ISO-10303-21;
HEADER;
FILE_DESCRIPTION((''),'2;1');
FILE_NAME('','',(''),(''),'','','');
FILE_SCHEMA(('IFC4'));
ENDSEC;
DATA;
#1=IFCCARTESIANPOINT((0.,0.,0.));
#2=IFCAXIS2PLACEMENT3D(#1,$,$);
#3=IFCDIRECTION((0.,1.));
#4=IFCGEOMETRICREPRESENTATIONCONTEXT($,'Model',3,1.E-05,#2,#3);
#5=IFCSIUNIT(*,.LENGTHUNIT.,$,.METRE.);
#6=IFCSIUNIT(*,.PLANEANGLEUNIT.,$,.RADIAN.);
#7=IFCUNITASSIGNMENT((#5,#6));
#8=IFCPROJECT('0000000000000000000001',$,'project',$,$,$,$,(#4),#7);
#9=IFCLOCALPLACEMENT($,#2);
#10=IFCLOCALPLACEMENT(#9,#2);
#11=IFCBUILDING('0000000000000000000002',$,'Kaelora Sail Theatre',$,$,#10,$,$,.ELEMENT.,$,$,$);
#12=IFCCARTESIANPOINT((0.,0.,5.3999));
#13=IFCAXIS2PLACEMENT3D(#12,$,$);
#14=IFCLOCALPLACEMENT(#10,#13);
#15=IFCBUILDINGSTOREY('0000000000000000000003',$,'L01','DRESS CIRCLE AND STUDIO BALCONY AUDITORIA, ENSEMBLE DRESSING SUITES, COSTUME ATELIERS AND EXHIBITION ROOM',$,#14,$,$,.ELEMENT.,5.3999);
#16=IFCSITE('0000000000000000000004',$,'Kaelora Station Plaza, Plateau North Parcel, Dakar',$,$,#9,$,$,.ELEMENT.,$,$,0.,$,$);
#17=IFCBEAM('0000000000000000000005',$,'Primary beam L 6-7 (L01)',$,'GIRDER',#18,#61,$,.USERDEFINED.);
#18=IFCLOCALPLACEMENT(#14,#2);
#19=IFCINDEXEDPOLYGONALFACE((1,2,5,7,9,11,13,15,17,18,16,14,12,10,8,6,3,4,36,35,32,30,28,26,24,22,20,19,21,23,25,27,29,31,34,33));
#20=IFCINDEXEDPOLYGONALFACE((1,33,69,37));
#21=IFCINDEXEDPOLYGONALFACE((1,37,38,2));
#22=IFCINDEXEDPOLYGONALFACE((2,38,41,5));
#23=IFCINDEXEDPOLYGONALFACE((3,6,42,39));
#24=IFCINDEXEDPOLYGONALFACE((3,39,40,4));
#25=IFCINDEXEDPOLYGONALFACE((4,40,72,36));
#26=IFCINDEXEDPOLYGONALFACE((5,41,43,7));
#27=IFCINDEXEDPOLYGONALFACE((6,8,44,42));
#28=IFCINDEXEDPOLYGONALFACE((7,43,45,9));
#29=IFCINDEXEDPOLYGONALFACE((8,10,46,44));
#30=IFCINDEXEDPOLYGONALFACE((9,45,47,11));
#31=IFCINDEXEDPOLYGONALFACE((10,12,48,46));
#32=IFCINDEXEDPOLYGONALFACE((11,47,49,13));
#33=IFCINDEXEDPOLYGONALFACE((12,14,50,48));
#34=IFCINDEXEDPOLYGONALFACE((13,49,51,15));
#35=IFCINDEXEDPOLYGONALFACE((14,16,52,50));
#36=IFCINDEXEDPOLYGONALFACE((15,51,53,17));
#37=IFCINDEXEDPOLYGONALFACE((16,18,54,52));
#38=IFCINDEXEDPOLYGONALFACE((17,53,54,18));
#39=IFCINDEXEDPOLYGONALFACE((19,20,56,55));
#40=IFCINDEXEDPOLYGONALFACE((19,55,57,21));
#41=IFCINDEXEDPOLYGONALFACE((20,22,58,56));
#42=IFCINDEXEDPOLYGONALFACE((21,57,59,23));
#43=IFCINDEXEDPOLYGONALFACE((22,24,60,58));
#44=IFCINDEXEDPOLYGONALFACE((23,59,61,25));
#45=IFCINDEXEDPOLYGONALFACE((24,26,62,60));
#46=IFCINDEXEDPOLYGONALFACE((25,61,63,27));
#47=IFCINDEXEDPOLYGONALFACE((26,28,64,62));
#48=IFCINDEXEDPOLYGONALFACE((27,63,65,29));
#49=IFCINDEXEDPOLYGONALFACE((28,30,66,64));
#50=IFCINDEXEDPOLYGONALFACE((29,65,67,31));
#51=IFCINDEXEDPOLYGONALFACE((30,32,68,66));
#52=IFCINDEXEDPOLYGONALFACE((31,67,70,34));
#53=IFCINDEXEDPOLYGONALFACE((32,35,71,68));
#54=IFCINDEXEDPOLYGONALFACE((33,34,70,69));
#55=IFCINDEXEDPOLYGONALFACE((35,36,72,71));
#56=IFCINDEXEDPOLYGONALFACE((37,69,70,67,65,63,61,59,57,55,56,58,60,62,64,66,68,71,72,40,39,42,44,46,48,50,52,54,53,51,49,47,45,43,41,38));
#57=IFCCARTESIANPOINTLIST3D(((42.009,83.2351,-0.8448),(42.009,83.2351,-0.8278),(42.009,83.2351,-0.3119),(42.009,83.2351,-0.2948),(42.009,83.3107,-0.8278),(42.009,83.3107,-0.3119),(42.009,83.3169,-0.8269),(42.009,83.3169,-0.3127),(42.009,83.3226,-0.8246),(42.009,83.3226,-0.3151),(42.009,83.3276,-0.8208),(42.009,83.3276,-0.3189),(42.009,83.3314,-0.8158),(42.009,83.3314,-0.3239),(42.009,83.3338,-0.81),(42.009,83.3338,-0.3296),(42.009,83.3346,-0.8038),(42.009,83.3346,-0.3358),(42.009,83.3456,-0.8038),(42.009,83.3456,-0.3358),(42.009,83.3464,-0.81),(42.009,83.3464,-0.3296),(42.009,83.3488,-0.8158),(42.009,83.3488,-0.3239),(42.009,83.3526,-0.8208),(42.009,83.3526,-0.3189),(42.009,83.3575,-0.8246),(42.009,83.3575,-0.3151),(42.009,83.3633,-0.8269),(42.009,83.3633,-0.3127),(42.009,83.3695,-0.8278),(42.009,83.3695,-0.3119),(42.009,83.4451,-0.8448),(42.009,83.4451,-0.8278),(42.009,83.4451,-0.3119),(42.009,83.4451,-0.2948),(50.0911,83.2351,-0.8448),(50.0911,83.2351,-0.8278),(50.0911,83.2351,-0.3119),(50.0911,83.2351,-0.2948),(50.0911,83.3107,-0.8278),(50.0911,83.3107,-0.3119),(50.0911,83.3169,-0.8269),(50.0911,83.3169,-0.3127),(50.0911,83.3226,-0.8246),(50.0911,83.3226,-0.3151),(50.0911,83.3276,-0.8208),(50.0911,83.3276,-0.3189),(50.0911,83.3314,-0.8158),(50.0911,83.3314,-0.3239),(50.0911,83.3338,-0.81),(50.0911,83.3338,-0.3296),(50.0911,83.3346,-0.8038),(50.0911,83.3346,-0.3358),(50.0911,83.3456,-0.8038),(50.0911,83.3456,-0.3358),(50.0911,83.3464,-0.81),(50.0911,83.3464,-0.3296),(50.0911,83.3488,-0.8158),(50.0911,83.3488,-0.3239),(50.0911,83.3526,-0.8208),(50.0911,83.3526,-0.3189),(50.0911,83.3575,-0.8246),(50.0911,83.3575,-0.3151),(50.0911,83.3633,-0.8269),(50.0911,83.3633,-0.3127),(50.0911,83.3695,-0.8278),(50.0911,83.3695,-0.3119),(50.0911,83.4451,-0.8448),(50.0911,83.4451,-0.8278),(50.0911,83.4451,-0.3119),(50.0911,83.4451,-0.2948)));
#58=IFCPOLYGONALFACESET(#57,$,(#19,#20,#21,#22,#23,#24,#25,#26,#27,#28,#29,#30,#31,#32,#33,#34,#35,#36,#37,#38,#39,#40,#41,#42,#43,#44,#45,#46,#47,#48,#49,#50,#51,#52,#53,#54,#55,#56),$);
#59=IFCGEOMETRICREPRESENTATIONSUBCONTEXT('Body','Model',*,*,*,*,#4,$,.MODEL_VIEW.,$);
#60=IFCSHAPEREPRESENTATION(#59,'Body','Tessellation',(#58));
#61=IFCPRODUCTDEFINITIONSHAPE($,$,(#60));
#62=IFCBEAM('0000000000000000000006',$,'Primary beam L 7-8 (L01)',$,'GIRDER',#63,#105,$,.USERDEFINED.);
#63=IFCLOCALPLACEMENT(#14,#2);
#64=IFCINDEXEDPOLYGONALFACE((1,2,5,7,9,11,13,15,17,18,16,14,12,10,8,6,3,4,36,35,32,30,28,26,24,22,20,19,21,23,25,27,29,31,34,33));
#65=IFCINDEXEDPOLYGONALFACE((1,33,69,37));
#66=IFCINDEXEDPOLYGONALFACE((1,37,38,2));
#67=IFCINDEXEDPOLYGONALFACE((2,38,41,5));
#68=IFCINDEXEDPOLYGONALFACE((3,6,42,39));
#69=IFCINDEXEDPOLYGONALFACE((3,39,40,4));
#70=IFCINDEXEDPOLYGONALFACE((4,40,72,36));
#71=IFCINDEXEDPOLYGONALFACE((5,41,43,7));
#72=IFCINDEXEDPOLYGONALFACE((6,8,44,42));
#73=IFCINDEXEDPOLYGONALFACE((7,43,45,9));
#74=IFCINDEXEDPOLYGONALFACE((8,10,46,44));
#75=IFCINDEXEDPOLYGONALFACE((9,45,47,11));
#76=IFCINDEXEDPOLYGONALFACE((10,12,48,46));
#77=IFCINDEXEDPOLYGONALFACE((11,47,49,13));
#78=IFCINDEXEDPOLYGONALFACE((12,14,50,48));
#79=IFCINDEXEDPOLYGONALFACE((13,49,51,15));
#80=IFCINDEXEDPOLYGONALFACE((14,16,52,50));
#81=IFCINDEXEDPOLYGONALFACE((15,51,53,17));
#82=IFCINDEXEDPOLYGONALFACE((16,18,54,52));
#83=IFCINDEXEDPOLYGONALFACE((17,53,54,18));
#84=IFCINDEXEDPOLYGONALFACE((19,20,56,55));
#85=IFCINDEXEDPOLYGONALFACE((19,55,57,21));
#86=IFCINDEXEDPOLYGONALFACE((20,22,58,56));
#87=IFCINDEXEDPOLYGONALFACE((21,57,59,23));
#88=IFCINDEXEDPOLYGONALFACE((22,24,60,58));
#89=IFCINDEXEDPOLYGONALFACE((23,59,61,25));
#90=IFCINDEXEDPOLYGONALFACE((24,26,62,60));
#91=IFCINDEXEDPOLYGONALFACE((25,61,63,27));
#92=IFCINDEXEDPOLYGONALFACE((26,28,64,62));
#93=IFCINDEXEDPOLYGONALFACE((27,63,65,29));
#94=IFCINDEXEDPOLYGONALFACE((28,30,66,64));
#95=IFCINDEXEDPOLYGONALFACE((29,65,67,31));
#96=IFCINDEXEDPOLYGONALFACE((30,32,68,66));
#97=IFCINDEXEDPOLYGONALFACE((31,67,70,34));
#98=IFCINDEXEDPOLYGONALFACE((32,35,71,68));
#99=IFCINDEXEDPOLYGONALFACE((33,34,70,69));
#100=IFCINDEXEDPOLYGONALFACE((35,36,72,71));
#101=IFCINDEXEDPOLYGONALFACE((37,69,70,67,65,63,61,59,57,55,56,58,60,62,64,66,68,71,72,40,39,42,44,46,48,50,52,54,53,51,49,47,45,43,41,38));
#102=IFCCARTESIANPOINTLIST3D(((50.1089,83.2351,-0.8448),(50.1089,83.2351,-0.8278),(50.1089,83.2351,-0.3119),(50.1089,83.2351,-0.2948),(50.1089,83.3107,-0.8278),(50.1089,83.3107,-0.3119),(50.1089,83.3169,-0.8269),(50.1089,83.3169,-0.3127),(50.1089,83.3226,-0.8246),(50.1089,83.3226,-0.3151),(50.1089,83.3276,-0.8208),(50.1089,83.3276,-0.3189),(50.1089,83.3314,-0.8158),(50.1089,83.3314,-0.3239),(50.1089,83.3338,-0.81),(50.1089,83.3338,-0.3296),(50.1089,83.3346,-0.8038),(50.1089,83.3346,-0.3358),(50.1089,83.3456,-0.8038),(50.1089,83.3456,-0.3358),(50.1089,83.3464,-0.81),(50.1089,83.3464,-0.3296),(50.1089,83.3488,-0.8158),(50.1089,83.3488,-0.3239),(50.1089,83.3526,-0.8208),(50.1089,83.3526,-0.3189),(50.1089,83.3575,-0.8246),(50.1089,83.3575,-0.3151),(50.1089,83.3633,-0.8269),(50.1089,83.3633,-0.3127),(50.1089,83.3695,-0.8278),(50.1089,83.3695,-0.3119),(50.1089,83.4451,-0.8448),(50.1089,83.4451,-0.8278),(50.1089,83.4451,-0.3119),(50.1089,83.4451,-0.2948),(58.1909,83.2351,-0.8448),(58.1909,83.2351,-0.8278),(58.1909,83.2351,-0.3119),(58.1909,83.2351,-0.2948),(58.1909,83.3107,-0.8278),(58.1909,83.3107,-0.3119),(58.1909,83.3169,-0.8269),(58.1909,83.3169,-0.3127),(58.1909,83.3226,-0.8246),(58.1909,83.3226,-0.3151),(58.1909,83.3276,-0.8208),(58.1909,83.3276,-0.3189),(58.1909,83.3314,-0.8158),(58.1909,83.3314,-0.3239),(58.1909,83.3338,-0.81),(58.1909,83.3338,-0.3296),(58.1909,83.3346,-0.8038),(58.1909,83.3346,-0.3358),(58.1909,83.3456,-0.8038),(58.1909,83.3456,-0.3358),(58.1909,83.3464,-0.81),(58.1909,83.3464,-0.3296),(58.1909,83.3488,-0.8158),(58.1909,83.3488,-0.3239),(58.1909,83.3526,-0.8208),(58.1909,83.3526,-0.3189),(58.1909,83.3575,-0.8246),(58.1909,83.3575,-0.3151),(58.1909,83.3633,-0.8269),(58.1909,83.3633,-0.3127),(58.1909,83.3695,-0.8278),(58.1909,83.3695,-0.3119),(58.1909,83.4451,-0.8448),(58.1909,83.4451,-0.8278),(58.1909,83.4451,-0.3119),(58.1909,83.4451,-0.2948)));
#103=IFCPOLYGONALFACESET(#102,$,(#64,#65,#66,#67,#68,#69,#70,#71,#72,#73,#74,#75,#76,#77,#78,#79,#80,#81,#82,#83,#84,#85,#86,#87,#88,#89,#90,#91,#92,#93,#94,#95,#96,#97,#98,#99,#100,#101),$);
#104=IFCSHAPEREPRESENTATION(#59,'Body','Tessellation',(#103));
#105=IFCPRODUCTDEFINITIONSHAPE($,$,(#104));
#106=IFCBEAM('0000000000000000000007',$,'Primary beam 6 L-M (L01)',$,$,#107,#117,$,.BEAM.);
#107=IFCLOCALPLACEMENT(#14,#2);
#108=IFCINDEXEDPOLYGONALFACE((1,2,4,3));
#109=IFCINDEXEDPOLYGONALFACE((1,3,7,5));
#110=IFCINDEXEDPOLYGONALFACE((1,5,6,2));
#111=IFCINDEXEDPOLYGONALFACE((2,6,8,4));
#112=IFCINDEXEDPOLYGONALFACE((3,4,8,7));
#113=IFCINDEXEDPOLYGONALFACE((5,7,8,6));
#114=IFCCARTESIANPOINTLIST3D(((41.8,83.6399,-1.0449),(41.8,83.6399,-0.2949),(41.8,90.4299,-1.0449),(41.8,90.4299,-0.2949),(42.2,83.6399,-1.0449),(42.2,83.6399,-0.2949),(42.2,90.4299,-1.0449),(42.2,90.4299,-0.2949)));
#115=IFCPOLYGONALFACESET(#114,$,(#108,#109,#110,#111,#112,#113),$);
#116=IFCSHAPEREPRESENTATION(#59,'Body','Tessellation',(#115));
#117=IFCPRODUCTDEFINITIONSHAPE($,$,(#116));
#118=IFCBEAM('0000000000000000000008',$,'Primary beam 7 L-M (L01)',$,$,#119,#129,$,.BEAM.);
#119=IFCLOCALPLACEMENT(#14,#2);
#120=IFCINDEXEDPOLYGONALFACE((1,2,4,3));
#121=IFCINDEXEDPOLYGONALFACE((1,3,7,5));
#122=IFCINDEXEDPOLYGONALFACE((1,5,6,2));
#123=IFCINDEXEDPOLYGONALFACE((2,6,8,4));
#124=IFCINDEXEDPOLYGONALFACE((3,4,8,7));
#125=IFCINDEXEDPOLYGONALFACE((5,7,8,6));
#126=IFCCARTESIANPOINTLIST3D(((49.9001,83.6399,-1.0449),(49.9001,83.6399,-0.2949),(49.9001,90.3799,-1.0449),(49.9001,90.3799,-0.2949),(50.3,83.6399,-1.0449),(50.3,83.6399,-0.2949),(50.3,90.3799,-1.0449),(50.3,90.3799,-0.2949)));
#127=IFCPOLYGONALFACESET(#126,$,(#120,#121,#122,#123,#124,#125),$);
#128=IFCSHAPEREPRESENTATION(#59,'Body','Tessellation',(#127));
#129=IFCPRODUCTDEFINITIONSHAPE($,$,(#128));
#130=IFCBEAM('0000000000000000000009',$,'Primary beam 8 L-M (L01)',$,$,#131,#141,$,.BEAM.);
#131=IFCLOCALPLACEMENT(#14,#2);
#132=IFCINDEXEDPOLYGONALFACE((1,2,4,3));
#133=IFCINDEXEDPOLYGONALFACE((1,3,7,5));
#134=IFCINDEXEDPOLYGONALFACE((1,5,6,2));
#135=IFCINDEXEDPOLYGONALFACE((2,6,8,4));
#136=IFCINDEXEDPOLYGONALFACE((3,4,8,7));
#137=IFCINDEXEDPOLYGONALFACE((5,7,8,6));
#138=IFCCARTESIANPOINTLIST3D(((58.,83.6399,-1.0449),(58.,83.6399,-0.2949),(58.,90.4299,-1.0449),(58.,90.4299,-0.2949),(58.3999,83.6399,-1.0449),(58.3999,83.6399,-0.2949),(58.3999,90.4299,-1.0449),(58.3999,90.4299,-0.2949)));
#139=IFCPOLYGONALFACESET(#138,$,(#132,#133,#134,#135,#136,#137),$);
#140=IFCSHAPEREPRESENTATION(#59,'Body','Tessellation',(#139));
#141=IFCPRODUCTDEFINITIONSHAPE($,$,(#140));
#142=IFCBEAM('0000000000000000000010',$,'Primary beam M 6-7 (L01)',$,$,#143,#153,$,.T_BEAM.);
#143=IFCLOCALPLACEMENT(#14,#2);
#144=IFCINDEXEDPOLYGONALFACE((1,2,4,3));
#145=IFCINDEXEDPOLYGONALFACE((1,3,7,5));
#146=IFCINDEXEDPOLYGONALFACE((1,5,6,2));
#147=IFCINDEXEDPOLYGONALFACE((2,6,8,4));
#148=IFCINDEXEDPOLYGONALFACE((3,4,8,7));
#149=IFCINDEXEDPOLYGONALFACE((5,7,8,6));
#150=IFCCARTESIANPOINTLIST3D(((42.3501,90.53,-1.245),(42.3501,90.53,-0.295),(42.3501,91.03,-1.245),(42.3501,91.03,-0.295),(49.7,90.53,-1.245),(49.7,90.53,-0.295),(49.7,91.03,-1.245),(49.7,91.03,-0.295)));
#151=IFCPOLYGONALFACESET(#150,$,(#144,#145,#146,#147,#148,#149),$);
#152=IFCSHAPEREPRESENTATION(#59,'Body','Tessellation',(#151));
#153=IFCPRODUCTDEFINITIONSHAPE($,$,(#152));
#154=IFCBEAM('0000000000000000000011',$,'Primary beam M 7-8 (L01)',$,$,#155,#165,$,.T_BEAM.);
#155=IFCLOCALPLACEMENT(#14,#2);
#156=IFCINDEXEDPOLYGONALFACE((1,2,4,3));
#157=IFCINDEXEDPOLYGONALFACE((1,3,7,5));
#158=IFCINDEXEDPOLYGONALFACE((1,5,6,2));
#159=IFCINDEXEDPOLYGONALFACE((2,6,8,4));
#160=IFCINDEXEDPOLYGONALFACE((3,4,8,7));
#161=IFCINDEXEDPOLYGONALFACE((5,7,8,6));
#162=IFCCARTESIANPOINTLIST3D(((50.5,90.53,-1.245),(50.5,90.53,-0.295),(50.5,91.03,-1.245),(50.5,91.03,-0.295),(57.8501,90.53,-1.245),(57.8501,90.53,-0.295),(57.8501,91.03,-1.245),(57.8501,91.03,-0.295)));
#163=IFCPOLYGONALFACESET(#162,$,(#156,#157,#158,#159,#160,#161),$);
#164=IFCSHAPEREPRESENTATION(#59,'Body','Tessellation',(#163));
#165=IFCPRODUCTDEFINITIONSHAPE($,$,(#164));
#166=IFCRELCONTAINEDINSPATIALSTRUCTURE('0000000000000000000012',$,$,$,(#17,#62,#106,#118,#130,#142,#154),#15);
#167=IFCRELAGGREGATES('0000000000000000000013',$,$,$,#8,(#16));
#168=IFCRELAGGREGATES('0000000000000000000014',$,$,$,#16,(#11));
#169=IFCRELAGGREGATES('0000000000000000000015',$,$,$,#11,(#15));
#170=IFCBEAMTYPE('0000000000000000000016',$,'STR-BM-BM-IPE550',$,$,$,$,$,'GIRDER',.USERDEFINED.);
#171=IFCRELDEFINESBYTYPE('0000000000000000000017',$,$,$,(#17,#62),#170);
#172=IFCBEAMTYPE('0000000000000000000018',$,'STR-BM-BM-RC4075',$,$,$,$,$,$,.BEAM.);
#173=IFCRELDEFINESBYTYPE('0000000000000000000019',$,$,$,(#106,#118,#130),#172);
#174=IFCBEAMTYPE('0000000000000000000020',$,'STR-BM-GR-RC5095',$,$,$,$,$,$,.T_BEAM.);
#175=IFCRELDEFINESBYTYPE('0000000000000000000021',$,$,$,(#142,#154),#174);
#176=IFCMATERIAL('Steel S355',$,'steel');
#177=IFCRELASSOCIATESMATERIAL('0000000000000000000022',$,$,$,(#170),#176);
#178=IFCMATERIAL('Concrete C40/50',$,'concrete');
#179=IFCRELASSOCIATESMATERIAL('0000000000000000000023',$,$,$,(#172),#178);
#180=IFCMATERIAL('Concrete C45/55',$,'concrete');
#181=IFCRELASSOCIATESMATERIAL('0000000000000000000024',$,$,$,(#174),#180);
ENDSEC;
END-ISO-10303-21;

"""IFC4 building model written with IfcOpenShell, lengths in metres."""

from ifc_helpers import new_model, si_unit, direction, frame, origin, origin_2d, place, context, subcontext, project, spatial, rectangle, i_section, extrude, material, material_profile, profile_set, type_object, element, save


model = new_model("IFC4")

# Units and contexts
model_context = context("Model", 3, precision=1e-05, world=origin(), true_north=direction((0.0, 1.0)))
body_context = subcontext(model_context, "Body", "Model", "MODEL_VIEW")
ifc_project = project(units=[si_unit("LENGTHUNIT", "METRE"), si_unit("PLANEANGLEUNIT", "RADIAN")], contexts=[model_context])

# Site, building, storey
site_placement = place(None, origin())
site = spatial("IfcSite", under=ifc_project, at=site_placement, Name="Kaelora Station Plaza, Plateau North Parcel, Dakar", CompositionType="ELEMENT", RefElevation=0.0)
building_placement = place(site_placement, origin())
building = spatial("IfcBuilding", under=site, at=building_placement, Name="Kaelora Sail Theatre", CompositionType="ELEMENT")
storey_placement = place(building_placement, frame((0.0, 0.0, 5.3999)))
storey = spatial("IfcBuildingStorey", under=building, at=storey_placement, Name="L01", Description="DRESS CIRCLE AND STUDIO BALCONY AUDITORIA, ENSEMBLE DRESSING SUITES, COSTUME ATELIERS AND EXHIBITION ROOM", CompositionType="ELEMENT", Elevation=5.3999)

# Beams
ifc_material_1 = material(Name="Steel S355", Category="steel")
ifc_material_profile_1 = material_profile(ifc_material_1, i_section(OverallWidth=0.21, OverallDepth=0.55, WebThickness=0.011, FlangeThickness=0.0171, FilletRadius=0.0239, at=origin_2d()), Name="IPE 550")
ifc_profile_set_1 = profile_set([ifc_material_profile_1], Name="Steel S355")
beam_type_1 = type_object("IfcBeamType", Name="STR-BM-BM-IPE550", ElementType="GIRDER", PredefinedType="USERDEFINED", material=ifc_profile_set_1)
for number, where, z_axis, x_axis, name in (
    (1, (42.009, 83.3401, -0.5698), (1.0, 0.0, 0.0), (0.0, 1.0, 0.0), "Primary beam L 6-7 (L01)"),
    (2, (50.1089, 83.3401, -0.5698), (1.0, 0.0, 0.0), (0.0, 1.0, 0.0), "Primary beam L 7-8 (L01)"),
):
    element("IfcBeam", number, at=place(storey_placement, frame(where, z_axis=z_axis, x_axis=x_axis)), inside=storey, type_object=beam_type_1, Name=name, ObjectType="GIRDER", PredefinedType="USERDEFINED", context=body_context, shape_type="SweptSolid", body=[
        extrude(i_section(OverallWidth=0.21, OverallDepth=0.55, WebThickness=0.011, FlangeThickness=0.0171, FilletRadius=0.0239, at=origin_2d()), origin(), (0.0, 0.0, 1.0), 8.082),
    ])
ifc_material_2 = material(Name="Concrete C40/50", Category="concrete")
ifc_material_profile_2 = material_profile(ifc_material_2, rectangle(XDim=0.3999, YDim=0.75, at=origin_2d()), Name="RC-BM 400x750")
ifc_profile_set_2 = profile_set([ifc_material_profile_2], Name="Concrete C40/50")
beam_type_2 = type_object("IfcBeamType", Name="STR-BM-BM-RC4075", PredefinedType="BEAM", material=ifc_profile_set_2)
beam_1_placement = place(storey_placement, frame((42.0, 83.6399, -0.6699), z_axis=(0.0, 1.0, 0.0), x_axis=(-1.0, 0.0, 0.0)))
element("IfcBeam", 3, at=beam_1_placement, inside=storey, type_object=beam_type_2, Name="Primary beam 6 L-M (L01)", PredefinedType="BEAM", context=body_context, shape_type="SweptSolid", body=[
    extrude(rectangle(XDim=0.3999, YDim=0.75, at=origin_2d()), origin(), (0.0, 0.0, 1.0), 6.79),
])
beam_2_placement = place(storey_placement, frame((50.1001, 83.6399, -0.6699), z_axis=(0.0, 1.0, 0.0), x_axis=(-1.0, 0.0, 0.0)))
element("IfcBeam", 4, at=beam_2_placement, inside=storey, type_object=beam_type_2, Name="Primary beam 7 L-M (L01)", PredefinedType="BEAM", context=body_context, shape_type="SweptSolid", body=[
    extrude(rectangle(XDim=0.3999, YDim=0.75, at=origin_2d()), origin(), (0.0, 0.0, 1.0), 6.74),
])
beam_3_placement = place(storey_placement, frame((58.2, 83.6399, -0.6699), z_axis=(0.0, 1.0, 0.0), x_axis=(-1.0, 0.0, 0.0)))
element("IfcBeam", 5, at=beam_3_placement, inside=storey, type_object=beam_type_2, Name="Primary beam 8 L-M (L01)", PredefinedType="BEAM", context=body_context, shape_type="SweptSolid", body=[
    extrude(rectangle(XDim=0.3999, YDim=0.75, at=origin_2d()), origin(), (0.0, 0.0, 1.0), 6.79),
])
ifc_material_3 = material(Name="Concrete C45/55", Category="concrete")
ifc_material_profile_3 = material_profile(ifc_material_3, rectangle(XDim=0.5, YDim=0.95, at=origin_2d()), Name="RC-GRD 500x950")
ifc_profile_set_3 = profile_set([ifc_material_profile_3], Name="Concrete C45/55")
beam_type_3 = type_object("IfcBeamType", Name="STR-BM-GR-RC5095", PredefinedType="T_BEAM", material=ifc_profile_set_3)
beam_4_placement = place(storey_placement, frame((42.3501, 90.78, -0.77), z_axis=(1.0, 0.0, 0.0), x_axis=(0.0, 1.0, 0.0)))
element("IfcBeam", 6, at=beam_4_placement, inside=storey, type_object=beam_type_3, Name="Primary beam M 6-7 (L01)", PredefinedType="T_BEAM", context=body_context, shape_type="SweptSolid", body=[
    extrude(rectangle(XDim=0.5, YDim=0.95, at=origin_2d()), origin(), (0.0, 0.0, 1.0), 7.3499),
])
beam_5_placement = place(storey_placement, frame((50.5, 90.78, -0.77), z_axis=(1.0, 0.0, 0.0), x_axis=(0.0, 1.0, 0.0)))
element("IfcBeam", 7, at=beam_5_placement, inside=storey, type_object=beam_type_3, Name="Primary beam M 7-8 (L01)", PredefinedType="T_BEAM", context=body_context, shape_type="SweptSolid", body=[
    extrude(rectangle(XDim=0.5, YDim=0.95, at=origin_2d()), origin(), (0.0, 0.0, 1.0), 7.3501),
])

save(model, "model.ifc")
